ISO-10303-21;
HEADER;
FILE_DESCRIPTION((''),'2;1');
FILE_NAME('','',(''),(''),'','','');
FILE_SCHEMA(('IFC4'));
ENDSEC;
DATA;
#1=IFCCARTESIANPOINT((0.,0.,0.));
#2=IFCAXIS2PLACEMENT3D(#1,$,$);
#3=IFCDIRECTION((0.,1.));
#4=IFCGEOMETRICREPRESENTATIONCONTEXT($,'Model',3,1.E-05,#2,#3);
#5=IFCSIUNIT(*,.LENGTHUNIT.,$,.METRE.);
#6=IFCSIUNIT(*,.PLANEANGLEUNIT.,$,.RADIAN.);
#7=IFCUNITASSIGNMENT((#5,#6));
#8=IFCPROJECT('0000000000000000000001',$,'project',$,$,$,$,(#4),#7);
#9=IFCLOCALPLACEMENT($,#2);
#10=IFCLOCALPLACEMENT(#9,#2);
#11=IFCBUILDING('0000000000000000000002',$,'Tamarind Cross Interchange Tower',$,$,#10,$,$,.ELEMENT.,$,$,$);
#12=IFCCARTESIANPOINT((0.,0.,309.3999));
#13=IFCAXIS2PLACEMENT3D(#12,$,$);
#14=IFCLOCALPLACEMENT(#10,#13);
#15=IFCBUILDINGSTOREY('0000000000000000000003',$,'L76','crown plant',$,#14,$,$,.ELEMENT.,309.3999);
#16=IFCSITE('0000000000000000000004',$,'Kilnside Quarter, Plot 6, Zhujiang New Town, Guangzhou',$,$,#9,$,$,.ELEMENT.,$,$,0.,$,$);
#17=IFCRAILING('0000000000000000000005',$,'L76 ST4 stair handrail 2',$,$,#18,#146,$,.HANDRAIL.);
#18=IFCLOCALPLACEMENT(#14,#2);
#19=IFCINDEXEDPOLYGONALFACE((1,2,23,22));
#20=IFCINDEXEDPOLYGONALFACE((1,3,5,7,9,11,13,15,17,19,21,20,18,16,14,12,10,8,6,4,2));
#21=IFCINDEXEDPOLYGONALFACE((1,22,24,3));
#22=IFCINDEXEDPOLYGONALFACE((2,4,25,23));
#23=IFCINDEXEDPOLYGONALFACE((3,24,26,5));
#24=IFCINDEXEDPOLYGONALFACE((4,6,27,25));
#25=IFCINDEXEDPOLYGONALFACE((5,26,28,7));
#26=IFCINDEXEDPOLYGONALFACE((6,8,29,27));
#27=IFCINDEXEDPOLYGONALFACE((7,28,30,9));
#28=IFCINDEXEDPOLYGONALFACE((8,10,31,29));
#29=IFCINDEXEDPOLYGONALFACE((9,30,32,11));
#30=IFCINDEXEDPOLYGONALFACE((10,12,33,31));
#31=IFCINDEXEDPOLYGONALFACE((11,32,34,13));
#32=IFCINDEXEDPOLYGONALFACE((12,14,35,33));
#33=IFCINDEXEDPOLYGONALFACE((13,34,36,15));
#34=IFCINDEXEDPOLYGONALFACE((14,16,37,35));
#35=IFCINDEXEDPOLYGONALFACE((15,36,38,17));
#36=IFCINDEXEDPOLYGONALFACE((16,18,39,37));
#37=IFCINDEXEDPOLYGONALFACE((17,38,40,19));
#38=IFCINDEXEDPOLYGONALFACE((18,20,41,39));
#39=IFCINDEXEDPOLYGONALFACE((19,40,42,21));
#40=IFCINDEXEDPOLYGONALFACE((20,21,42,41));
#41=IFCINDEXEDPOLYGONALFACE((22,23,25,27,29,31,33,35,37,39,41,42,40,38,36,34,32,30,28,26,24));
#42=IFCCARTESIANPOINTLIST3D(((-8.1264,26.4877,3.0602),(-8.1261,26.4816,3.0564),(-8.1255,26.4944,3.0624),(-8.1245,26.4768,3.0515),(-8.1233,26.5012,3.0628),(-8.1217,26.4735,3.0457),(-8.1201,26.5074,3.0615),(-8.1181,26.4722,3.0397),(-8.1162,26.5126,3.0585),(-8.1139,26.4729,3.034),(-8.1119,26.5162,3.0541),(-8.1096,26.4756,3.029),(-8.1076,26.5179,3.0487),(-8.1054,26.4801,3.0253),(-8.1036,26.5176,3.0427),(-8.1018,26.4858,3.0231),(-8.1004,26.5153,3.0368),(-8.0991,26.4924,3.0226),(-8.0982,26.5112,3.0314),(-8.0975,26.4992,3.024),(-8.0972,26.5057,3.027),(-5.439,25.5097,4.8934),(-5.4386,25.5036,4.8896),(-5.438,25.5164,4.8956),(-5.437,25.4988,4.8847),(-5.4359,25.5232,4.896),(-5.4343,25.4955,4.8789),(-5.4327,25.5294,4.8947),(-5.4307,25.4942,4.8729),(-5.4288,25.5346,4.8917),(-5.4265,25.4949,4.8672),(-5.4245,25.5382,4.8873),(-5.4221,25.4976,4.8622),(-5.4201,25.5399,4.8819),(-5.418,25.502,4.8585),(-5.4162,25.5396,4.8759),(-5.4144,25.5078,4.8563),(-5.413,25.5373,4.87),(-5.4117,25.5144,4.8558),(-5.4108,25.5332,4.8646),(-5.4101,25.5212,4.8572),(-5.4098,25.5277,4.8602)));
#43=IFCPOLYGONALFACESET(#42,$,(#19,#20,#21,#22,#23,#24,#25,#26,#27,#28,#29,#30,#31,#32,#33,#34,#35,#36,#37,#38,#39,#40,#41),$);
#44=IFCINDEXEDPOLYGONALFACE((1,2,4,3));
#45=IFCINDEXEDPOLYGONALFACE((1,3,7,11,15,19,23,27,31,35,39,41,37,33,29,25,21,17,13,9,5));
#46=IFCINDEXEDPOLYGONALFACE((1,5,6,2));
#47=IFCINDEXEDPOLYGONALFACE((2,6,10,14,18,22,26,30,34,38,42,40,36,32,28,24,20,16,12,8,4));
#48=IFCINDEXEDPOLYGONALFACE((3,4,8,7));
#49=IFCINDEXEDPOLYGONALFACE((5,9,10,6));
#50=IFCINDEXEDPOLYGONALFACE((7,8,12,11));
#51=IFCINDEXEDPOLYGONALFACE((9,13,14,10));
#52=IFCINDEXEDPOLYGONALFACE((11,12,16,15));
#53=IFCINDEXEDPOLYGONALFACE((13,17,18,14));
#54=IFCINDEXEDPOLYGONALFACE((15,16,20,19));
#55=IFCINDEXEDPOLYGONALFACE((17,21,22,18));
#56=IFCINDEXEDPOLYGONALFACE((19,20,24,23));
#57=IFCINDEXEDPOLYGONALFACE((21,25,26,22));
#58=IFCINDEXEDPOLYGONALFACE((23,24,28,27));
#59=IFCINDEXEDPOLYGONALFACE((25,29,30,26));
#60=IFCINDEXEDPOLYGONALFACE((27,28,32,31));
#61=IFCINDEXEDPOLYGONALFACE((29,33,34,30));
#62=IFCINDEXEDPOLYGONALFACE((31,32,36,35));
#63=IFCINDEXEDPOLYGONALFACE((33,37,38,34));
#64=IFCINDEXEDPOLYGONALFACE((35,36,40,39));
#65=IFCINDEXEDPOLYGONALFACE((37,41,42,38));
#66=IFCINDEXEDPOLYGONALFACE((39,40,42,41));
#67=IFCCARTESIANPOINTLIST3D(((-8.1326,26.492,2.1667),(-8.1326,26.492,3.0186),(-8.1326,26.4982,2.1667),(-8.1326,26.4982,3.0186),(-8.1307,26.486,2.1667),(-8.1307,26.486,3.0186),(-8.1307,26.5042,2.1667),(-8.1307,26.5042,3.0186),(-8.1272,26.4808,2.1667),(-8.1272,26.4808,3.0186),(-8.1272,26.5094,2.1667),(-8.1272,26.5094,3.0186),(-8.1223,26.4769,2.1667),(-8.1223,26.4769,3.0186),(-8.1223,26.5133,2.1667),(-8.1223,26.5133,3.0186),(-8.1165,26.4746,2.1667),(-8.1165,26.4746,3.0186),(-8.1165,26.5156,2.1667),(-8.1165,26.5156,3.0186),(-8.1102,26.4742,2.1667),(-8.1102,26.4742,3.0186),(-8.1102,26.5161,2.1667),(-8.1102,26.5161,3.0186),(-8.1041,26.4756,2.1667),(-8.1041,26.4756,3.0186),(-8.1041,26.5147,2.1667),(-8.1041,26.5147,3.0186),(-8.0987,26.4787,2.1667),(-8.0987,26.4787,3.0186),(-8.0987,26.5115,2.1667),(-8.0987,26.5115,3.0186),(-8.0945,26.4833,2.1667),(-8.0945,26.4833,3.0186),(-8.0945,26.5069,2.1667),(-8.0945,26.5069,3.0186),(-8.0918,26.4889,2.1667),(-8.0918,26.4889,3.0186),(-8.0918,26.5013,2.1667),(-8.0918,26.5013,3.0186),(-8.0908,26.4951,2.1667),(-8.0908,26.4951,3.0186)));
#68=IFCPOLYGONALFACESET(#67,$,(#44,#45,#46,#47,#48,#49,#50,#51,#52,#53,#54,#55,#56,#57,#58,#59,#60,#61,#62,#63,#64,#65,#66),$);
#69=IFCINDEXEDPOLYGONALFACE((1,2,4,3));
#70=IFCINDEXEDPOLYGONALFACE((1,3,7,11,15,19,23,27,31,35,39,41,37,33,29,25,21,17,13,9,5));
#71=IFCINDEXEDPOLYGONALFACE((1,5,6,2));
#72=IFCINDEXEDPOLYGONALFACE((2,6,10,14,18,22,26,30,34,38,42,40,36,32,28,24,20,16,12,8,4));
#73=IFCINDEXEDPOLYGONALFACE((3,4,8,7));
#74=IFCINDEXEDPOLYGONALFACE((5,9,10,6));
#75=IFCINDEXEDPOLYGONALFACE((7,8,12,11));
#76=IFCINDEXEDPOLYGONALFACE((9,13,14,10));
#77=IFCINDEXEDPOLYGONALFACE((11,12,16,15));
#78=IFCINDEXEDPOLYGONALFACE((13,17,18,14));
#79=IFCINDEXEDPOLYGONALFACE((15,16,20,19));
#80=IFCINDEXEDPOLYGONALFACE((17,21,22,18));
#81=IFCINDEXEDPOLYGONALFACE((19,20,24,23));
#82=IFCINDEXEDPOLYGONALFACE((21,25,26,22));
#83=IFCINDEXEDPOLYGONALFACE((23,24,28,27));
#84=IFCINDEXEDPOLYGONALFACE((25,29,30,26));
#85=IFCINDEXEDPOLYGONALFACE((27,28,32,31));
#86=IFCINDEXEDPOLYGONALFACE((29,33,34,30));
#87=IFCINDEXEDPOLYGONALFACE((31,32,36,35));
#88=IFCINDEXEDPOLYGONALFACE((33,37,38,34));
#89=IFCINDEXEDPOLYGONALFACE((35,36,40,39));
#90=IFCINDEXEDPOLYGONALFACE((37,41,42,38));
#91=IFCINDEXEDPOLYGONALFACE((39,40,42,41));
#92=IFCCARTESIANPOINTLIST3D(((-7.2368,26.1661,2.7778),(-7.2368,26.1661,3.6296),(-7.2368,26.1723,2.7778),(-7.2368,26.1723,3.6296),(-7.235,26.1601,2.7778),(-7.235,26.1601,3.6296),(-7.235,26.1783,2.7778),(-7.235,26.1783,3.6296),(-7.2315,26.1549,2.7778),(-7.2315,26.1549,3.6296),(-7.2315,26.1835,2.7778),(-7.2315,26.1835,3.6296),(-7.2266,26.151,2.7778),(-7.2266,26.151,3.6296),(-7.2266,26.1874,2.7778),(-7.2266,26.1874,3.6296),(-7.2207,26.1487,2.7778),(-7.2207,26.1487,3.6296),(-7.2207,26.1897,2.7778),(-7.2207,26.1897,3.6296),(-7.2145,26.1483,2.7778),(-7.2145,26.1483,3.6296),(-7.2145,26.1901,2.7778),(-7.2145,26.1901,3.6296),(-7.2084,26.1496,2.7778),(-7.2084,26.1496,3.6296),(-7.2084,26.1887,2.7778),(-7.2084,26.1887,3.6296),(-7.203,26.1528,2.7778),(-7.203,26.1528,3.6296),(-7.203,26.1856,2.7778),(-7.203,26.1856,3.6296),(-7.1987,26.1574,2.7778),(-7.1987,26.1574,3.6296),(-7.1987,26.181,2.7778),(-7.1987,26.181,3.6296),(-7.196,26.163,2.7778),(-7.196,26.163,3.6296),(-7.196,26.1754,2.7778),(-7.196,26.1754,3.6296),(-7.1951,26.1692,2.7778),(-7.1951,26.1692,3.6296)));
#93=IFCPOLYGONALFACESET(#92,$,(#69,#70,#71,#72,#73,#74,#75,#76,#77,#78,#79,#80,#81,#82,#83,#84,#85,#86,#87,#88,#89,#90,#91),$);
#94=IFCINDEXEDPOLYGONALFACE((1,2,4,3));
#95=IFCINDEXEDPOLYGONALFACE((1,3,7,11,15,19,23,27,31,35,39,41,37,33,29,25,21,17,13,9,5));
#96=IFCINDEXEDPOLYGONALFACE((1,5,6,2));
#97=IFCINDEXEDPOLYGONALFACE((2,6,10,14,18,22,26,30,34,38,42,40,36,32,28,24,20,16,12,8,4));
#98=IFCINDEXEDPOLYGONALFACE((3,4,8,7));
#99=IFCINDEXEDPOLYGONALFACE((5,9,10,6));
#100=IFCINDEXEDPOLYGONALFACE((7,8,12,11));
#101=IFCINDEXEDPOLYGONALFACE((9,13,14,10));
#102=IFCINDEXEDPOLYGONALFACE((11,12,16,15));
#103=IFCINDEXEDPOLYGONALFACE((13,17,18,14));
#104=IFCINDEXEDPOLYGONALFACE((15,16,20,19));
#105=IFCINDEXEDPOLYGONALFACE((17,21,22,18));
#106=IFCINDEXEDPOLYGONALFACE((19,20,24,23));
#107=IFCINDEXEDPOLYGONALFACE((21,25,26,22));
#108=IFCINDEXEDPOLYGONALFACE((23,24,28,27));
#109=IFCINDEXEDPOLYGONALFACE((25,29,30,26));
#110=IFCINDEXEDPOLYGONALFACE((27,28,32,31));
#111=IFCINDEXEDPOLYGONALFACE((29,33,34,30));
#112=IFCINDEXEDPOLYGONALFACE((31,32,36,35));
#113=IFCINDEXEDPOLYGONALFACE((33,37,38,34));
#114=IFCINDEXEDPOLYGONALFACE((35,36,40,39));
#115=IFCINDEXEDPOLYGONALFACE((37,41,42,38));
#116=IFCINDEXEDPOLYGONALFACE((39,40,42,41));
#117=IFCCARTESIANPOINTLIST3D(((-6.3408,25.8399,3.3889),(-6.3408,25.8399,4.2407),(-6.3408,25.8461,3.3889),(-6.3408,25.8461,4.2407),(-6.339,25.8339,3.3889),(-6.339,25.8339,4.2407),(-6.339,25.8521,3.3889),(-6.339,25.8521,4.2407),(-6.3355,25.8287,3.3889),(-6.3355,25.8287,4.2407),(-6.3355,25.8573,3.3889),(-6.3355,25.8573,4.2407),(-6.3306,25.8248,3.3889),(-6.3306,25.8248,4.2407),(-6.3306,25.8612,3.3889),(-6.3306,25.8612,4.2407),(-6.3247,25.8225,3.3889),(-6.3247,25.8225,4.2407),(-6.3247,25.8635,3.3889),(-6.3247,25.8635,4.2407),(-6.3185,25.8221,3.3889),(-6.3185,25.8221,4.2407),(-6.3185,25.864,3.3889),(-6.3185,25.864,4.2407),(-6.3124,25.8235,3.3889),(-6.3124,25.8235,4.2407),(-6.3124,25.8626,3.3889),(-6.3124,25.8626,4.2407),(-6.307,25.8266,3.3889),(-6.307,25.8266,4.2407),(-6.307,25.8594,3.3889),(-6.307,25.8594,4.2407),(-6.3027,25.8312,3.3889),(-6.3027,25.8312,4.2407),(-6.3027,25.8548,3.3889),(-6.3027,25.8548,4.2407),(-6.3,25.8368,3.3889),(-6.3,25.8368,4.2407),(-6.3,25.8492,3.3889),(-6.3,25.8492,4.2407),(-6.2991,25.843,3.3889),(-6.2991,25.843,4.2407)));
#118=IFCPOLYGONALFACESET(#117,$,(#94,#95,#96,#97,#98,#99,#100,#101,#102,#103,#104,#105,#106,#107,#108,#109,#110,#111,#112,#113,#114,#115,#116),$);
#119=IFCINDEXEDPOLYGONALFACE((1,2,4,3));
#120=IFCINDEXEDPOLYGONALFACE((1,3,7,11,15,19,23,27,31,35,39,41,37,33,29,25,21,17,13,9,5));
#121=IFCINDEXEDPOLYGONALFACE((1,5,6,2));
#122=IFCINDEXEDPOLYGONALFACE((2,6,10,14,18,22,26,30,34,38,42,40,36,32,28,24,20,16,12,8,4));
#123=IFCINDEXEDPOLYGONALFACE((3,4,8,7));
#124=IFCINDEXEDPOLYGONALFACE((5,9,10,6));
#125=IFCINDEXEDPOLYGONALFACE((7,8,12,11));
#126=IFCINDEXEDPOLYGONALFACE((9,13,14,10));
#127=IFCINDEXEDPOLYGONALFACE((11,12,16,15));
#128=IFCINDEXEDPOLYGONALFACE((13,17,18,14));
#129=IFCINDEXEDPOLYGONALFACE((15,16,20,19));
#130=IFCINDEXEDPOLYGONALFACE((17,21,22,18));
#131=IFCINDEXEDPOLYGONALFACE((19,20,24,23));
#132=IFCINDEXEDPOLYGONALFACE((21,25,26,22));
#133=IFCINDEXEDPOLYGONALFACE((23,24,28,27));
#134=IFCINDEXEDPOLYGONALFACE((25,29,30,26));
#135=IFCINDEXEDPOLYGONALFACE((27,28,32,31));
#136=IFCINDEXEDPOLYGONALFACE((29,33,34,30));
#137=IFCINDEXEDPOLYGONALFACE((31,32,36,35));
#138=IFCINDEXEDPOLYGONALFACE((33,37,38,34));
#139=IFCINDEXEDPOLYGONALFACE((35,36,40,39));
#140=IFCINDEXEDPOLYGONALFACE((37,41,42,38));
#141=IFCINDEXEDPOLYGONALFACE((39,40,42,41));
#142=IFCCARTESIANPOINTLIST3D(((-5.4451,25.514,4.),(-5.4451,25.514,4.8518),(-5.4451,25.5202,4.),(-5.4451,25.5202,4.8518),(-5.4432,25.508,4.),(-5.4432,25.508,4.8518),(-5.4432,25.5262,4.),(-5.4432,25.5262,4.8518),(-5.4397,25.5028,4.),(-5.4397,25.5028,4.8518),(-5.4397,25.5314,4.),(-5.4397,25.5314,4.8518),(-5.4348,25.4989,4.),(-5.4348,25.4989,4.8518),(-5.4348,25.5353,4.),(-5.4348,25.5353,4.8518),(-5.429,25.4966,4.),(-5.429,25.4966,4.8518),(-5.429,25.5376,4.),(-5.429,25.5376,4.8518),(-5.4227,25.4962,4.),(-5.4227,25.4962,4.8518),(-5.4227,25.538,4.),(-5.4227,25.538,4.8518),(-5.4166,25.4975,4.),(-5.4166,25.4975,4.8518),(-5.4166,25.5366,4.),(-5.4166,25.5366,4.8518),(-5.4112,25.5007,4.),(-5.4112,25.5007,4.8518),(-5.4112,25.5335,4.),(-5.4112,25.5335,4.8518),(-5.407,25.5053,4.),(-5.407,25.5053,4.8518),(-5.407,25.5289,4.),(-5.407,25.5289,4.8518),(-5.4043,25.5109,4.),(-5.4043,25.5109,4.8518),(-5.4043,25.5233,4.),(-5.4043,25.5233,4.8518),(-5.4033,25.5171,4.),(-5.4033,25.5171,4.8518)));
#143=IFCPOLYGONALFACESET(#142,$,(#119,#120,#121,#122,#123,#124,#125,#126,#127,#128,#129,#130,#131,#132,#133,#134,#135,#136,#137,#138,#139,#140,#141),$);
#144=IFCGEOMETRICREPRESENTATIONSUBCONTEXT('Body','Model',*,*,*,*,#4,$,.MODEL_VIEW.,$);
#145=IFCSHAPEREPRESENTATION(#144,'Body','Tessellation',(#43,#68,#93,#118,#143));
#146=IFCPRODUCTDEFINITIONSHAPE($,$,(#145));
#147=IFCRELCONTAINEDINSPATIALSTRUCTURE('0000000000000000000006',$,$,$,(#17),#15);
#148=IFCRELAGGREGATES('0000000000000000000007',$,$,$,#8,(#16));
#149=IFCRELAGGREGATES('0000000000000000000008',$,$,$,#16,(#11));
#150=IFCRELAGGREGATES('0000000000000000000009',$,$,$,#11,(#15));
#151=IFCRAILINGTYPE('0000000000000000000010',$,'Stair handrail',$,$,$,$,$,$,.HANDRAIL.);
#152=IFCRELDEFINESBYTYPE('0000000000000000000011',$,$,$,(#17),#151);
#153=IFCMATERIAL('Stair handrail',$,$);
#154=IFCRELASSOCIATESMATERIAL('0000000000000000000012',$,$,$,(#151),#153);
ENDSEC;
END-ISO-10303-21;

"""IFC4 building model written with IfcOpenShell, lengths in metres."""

from ifc_helpers import new_model, si_unit, direction, frame, origin, origin_2d, place, context, subcontext, project, spatial, circle, extrude, material, type_object, element, save


model = new_model("IFC4")

# Units and contexts
model_context = context("Model", 3, precision=1e-05, world=origin(), true_north=direction((0.0, 1.0)))
body_context = subcontext(model_context, "Body", "Model", "MODEL_VIEW")
ifc_project = project(units=[si_unit("LENGTHUNIT", "METRE"), si_unit("PLANEANGLEUNIT", "RADIAN")], contexts=[model_context])

# Site, building, storey
site_placement = place(None, origin())
site = spatial("IfcSite", under=ifc_project, at=site_placement, Name="Kilnside Quarter, Plot 6, Zhujiang New Town, Guangzhou", CompositionType="ELEMENT", RefElevation=0.0)
building_placement = place(site_placement, origin())
building = spatial("IfcBuilding", under=site, at=building_placement, Name="Tamarind Cross Interchange Tower", CompositionType="ELEMENT")
storey_placement = place(building_placement, frame((0.0, 0.0, 309.3999)))
storey = spatial("IfcBuildingStorey", under=building, at=storey_placement, Name="L76", Description="crown plant", CompositionType="ELEMENT", Elevation=309.3999)

# Railing
ifc_material_1 = material(Name="Stair handrail")
railing_type_1 = type_object("IfcRailingType", Name="Stair handrail", PredefinedType="HANDRAIL", material=ifc_material_1)
railing_1_placement = place(storey_placement, frame((-8.1118, 26.4951, 2.1667)))
element("IfcRailing", 1, at=railing_1_placement, inside=storey, type_object=railing_type_1, Name="L76 ST4 stair handrail 2", PredefinedType="HANDRAIL", context=body_context, shape_type="SweptSolid", body=[
    extrude(circle(Radius=0.0239, at=origin_2d()), frame((0.0, 0.0, 0.876), z_axis=(0.791126, -0.287904, 0.539659), x_axis=(0.341976, 0.939709, 0.0)), (0.0, 0.0, 1.0), 3.397),
    extrude(circle(Radius=0.021, at=origin_2d()), origin(), (0.0, 0.0, 1.0), 0.8518),
    extrude(circle(Radius=0.021, at=origin_2d()), frame((0.8958, -0.3259, 0.6111)), (0.0, 0.0, 1.0), 0.8518),
    extrude(circle(Radius=0.021, at=origin_2d()), frame((1.7917, -0.6521, 1.2222)), (0.0, 0.0, 1.0), 0.8518),
    extrude(circle(Radius=0.021, at=origin_2d()), frame((2.6875, -0.978, 1.8333)), (0.0, 0.0, 1.0), 0.8518),
])

save(model, "model.ifc")
